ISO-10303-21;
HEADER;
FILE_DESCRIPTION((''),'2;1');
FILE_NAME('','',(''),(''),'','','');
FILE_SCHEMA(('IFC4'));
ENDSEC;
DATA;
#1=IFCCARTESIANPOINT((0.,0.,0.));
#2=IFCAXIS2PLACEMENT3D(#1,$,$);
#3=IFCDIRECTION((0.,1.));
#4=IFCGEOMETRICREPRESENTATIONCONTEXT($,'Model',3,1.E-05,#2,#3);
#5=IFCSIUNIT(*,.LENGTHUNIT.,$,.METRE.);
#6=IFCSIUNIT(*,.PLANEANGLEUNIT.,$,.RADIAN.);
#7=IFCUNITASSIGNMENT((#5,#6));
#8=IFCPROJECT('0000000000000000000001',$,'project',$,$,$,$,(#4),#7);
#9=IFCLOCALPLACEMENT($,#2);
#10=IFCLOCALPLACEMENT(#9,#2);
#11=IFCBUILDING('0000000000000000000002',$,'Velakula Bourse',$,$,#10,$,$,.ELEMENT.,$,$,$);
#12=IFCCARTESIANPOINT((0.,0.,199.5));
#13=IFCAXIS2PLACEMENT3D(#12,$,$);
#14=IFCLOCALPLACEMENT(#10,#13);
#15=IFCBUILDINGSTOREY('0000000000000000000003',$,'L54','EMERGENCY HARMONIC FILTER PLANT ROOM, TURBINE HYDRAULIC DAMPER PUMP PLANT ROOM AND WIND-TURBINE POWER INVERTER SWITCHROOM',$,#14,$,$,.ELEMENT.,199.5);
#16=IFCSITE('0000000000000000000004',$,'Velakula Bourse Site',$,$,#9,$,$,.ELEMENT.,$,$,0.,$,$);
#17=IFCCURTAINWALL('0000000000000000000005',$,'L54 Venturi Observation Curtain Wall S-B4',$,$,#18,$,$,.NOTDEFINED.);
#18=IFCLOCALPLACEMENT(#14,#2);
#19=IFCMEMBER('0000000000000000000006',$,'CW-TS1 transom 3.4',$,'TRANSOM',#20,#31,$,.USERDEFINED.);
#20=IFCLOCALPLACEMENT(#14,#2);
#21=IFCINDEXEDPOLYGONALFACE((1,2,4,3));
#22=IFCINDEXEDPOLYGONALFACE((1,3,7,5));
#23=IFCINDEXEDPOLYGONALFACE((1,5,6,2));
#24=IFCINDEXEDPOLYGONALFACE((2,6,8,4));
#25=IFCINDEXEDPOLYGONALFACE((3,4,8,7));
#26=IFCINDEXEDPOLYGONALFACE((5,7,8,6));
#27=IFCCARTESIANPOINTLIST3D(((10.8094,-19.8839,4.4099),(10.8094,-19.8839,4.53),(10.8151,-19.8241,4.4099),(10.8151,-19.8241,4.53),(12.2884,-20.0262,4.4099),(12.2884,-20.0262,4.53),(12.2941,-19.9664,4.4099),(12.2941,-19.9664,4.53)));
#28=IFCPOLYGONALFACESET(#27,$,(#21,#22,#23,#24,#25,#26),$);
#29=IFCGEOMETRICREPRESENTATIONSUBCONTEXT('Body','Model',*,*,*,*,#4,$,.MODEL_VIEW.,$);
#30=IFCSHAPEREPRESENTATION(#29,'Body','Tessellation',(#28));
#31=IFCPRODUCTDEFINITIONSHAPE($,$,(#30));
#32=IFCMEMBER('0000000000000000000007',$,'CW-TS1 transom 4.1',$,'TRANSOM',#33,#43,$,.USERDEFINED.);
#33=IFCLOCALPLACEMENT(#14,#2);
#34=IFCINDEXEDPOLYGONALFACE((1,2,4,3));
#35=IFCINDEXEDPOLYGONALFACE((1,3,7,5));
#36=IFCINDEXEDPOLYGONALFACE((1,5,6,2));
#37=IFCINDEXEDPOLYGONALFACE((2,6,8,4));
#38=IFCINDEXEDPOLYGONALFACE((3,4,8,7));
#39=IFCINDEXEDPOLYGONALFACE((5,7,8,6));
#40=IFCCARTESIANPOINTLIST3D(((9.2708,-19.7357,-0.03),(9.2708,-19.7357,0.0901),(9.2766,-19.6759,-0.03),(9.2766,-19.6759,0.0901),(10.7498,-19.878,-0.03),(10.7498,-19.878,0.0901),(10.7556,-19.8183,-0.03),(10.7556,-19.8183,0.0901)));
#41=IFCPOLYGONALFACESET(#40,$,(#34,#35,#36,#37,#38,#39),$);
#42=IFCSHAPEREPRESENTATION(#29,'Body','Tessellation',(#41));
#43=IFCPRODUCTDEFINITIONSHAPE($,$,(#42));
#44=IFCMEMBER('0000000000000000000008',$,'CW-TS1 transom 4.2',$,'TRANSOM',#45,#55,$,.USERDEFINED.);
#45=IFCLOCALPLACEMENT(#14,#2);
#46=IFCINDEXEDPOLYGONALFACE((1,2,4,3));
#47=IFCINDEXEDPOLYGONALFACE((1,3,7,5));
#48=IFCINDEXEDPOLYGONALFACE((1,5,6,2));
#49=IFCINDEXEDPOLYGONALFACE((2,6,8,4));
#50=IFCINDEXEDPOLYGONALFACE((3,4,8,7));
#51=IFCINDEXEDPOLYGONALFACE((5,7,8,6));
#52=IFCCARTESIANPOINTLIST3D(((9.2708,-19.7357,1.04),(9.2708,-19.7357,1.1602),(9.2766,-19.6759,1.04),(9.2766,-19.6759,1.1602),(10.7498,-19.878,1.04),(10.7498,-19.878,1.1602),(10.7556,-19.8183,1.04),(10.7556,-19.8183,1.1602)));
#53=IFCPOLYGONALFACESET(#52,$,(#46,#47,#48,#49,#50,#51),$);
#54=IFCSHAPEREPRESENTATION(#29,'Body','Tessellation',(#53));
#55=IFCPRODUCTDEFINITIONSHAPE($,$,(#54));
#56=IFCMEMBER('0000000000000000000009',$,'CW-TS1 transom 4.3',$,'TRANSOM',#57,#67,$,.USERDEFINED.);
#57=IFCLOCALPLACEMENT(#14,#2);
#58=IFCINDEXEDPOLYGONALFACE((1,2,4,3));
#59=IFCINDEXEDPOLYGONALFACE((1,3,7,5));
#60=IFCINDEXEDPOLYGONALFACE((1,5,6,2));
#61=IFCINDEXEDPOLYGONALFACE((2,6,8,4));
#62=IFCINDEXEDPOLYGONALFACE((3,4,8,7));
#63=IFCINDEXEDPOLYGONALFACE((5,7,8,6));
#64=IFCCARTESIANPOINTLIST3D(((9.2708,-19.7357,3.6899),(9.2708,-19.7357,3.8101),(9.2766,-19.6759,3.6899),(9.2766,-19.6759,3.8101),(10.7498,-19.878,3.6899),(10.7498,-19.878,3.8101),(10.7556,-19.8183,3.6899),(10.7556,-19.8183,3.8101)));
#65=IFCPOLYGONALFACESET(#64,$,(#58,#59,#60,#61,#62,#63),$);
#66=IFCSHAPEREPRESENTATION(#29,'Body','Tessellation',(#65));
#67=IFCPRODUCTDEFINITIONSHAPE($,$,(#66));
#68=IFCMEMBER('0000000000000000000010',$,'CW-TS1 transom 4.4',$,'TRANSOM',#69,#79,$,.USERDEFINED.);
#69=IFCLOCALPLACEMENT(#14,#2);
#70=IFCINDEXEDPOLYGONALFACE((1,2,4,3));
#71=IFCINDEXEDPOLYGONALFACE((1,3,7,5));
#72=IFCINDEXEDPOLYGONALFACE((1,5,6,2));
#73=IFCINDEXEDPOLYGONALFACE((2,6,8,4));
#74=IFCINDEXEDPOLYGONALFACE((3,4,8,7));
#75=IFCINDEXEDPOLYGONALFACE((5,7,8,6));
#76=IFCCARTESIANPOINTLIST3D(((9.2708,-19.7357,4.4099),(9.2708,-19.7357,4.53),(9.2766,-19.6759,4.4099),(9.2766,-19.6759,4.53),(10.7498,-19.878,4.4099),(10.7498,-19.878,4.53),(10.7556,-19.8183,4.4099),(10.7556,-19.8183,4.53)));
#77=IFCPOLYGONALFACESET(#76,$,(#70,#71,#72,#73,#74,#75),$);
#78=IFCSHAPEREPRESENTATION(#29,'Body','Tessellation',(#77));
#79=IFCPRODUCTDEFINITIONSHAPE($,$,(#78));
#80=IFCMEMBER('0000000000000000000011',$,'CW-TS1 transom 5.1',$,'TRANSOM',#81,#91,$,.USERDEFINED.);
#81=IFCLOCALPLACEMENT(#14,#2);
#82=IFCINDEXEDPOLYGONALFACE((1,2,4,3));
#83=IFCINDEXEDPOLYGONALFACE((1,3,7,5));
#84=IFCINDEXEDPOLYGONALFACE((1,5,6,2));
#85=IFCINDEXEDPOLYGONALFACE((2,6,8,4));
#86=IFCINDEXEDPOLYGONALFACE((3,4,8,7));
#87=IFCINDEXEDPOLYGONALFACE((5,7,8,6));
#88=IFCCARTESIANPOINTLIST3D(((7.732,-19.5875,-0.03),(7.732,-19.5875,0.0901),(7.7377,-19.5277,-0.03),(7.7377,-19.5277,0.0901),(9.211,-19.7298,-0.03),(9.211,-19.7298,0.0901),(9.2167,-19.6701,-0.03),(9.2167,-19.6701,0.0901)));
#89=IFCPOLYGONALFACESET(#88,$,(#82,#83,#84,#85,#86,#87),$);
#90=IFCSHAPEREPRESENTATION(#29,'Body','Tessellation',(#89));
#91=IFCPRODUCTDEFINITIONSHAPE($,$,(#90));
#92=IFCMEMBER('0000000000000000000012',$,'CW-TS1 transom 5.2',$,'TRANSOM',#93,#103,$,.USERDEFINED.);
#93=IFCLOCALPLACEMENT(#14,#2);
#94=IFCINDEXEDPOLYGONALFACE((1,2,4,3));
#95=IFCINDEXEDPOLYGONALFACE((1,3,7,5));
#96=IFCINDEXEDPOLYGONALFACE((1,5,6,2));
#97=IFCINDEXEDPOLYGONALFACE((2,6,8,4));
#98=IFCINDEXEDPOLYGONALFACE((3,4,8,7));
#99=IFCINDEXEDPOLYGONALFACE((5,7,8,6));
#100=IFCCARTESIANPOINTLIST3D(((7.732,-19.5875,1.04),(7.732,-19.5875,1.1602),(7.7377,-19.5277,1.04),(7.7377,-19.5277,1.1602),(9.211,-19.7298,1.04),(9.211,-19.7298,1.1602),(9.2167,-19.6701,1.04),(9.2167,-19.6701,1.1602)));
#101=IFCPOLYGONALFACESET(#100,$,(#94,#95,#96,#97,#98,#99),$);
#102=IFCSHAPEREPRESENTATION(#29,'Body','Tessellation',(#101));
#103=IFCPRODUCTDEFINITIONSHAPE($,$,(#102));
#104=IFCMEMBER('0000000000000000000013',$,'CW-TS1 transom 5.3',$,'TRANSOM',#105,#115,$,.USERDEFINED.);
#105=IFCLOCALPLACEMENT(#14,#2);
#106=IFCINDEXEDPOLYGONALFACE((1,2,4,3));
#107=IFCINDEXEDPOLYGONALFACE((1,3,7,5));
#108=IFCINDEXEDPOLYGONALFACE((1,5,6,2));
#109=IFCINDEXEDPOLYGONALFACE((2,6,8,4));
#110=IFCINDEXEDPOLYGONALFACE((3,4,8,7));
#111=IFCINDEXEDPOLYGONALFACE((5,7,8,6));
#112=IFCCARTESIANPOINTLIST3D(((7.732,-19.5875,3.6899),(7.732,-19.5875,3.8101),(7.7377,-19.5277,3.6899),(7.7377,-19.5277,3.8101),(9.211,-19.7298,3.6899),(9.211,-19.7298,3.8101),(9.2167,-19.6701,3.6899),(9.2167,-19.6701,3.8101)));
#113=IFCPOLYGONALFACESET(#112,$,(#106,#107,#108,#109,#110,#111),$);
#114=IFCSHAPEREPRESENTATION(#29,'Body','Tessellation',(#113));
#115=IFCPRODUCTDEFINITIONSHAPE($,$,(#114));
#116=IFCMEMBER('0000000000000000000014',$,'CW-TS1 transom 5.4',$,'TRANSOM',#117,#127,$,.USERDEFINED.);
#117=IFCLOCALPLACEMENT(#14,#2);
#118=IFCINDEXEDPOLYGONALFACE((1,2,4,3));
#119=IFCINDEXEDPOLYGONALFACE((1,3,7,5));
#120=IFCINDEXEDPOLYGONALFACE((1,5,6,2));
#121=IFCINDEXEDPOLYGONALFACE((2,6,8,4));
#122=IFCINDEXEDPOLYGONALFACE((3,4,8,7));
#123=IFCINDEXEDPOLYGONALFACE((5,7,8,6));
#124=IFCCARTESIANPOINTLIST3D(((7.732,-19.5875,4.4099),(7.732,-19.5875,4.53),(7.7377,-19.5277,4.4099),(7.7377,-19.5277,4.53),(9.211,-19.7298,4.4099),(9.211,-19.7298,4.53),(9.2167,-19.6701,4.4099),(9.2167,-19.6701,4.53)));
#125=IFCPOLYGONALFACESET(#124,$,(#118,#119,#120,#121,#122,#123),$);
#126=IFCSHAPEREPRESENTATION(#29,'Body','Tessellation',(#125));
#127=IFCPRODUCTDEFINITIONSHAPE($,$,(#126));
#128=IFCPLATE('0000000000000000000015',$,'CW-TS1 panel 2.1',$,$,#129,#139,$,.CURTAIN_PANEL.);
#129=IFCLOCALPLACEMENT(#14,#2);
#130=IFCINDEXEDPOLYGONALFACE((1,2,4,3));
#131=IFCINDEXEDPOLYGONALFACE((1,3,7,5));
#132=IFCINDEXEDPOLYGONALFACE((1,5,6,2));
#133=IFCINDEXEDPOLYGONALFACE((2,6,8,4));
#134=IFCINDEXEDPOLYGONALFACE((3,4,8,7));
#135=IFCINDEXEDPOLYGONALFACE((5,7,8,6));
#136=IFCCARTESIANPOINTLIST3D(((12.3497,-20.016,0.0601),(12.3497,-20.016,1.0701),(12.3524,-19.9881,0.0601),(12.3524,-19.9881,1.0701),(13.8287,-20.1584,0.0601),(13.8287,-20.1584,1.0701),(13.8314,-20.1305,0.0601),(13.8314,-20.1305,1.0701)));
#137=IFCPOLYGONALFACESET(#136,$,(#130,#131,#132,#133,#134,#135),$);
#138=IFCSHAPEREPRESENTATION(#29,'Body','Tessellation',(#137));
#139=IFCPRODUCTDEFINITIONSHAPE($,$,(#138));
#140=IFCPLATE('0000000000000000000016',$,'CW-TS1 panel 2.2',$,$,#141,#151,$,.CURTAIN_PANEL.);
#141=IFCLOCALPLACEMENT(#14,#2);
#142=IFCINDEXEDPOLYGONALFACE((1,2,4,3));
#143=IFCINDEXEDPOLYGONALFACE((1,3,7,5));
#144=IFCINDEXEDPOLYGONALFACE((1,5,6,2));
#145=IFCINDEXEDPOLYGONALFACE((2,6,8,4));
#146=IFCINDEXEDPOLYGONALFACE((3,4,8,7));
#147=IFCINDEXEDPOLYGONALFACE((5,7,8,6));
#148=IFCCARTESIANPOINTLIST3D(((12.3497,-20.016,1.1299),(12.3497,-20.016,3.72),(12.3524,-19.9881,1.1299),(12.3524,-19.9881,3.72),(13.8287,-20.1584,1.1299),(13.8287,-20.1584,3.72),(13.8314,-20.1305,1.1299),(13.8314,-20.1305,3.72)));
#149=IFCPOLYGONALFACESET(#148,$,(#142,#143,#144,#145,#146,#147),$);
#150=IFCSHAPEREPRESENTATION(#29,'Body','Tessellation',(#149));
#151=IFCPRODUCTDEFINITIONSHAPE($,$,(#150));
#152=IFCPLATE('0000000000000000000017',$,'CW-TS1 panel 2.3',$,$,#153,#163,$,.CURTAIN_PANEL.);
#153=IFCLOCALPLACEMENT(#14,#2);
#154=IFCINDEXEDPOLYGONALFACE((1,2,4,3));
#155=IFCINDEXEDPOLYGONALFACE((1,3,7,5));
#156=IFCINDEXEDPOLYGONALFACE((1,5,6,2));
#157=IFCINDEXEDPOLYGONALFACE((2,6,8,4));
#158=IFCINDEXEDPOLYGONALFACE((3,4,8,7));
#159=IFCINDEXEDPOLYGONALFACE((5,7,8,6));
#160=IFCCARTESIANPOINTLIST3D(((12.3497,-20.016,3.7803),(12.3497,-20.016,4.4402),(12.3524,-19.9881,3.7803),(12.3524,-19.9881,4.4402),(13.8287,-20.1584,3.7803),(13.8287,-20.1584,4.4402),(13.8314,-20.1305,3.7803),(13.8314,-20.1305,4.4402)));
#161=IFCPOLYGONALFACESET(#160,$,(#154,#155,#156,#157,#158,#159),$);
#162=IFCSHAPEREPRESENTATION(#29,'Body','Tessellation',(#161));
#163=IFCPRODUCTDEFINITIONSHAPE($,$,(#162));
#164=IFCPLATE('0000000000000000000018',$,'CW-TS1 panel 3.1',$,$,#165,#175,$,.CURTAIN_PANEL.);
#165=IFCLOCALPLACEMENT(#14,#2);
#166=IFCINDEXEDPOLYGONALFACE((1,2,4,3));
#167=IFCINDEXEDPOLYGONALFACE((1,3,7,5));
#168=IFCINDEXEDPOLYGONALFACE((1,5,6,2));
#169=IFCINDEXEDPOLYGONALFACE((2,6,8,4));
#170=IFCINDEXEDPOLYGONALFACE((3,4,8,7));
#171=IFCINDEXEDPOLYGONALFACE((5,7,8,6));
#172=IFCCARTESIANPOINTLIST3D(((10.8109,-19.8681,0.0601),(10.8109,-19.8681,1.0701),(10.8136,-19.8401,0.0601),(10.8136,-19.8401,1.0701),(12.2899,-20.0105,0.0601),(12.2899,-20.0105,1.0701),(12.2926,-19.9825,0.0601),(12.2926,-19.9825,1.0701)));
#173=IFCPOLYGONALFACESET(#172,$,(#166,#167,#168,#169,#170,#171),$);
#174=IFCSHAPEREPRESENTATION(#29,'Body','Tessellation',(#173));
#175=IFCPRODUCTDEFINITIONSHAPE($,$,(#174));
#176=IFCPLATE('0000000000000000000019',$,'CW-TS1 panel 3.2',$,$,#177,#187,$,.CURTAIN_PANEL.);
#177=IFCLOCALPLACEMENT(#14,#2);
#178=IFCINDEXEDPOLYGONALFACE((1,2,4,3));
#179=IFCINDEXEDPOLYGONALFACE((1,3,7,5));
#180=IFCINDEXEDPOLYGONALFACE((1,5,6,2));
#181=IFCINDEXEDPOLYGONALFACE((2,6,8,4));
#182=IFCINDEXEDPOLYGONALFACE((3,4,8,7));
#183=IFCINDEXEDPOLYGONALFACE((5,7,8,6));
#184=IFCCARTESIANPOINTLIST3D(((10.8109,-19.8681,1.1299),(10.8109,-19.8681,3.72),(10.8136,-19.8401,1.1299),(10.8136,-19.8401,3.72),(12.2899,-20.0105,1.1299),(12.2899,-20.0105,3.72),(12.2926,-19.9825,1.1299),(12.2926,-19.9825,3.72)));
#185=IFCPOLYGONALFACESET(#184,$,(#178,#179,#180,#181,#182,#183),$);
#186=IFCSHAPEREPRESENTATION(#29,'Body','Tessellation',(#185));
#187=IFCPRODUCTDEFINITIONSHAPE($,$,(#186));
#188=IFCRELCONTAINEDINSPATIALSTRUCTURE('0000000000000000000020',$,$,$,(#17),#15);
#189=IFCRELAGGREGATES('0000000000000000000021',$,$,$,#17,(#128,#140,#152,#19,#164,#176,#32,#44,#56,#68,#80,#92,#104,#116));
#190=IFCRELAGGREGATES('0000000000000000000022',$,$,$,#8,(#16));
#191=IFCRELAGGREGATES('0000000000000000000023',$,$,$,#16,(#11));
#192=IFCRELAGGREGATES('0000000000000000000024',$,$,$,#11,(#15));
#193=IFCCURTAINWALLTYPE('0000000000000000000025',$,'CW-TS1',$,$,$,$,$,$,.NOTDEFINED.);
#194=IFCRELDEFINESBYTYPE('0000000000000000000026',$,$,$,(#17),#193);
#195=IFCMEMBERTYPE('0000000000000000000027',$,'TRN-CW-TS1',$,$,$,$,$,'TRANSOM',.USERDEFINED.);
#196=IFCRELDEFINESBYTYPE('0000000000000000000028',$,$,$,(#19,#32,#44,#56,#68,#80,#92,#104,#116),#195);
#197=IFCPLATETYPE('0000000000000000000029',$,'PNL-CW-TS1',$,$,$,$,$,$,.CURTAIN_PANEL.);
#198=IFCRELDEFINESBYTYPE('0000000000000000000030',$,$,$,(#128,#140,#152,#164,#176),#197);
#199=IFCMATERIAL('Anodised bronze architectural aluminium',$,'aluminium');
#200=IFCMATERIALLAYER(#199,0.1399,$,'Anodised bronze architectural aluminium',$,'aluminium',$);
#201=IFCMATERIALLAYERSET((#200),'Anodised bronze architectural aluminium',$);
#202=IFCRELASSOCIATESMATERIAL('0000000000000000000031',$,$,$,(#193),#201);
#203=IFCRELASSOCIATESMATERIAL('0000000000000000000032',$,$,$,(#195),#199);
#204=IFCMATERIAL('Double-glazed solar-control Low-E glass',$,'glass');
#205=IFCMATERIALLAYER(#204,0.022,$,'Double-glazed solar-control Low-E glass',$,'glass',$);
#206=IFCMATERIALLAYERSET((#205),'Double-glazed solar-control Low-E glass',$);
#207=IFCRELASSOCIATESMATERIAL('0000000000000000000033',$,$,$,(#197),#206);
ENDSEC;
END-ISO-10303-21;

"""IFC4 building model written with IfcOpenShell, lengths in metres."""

from ifc_helpers import new_model, si_unit, direction, frame, origin, origin_2d, place, context, subcontext, project, spatial, rectangle, extrude, material, layer, layer_set, material_profile, profile_set, type_object, element, aggregate, save


model = new_model("IFC4")

# Units and contexts
model_context = context("Model", 3, precision=1e-05, world=origin(), true_north=direction((0.0, 1.0)))
body_context = subcontext(model_context, "Body", "Model", "MODEL_VIEW")
ifc_project = project(units=[si_unit("LENGTHUNIT", "METRE"), si_unit("PLANEANGLEUNIT", "RADIAN")], contexts=[model_context])

# Site, building, storey
site_placement = place(None, origin())
site = spatial("IfcSite", under=ifc_project, at=site_placement, Name="Velakula Bourse Site", CompositionType="ELEMENT", RefElevation=0.0)
building_placement = place(site_placement, origin())
building = spatial("IfcBuilding", under=site, at=building_placement, Name="Velakula Bourse", CompositionType="ELEMENT")
storey_placement = place(building_placement, frame((0.0, 0.0, 199.5)))
storey = spatial("IfcBuildingStorey", under=building, at=storey_placement, Name="L54", Description="EMERGENCY HARMONIC FILTER PLANT ROOM, TURBINE HYDRAULIC DAMPER PUMP PLANT ROOM AND WIND-TURBINE POWER INVERTER SWITCHROOM", CompositionType="ELEMENT", Elevation=199.5)

# Curtain wall, members, plates
ifc_material_1 = material(Name="Anodised bronze architectural aluminium", Category="aluminium")
ifc_layer_1 = layer(ifc_material_1, 0.1399, Name="Anodised bronze architectural aluminium", Category="aluminium")
ifc_layer_set_1 = layer_set([ifc_layer_1], Name="Anodised bronze architectural aluminium")
curtain_wall_type = type_object("IfcCurtainWallType", Name="CW-TS1", PredefinedType="NOTDEFINED", material=ifc_layer_set_1)
curtain_wall_placement = place(storey_placement, origin())
curtain_wall = element("IfcCurtainWall", 1, at=curtain_wall_placement, inside=storey, type_object=curtain_wall_type, Name="L54 Venturi Observation Curtain Wall S-B4", PredefinedType="NOTDEFINED")
ifc_material_profile_1 = material_profile(ifc_material_1, rectangle(XDim=0.0601, YDim=0.1201, at=origin_2d()), Name="Anodised bronze architectural aluminium")
ifc_profile_set_1 = profile_set([ifc_material_profile_1], Name="Anodised bronze architectural aluminium")
member_type_1 = type_object("IfcMemberType", Name="TRN-CW-TS1", ElementType="TRANSOM", PredefinedType="USERDEFINED", material=ifc_profile_set_1)
member_1_placement = place(storey_placement, frame((12.2913, -19.9963, 4.47), z_axis=(-0.995401, 0.095794, 0.0), x_axis=(-0.095794, -0.995401, 0.0)))
member_1 = element("IfcMember", 2, at=member_1_placement, type_object=member_type_1, Name="CW-TS1 transom 3.4", ObjectType="TRANSOM", PredefinedType="USERDEFINED", context=body_context, shape_type="SweptSolid", body=[
    extrude(rectangle(XDim=0.0601, YDim=0.1201, at=origin_2d()), origin(), (0.0, 0.0, 1.0), 1.4858),
])
member_2_placement = place(storey_placement, frame((10.7527, -19.8481, 0.03), z_axis=(-0.995401, 0.095794, 0.0), x_axis=(-0.095794, -0.995401, 0.0)))
member_2 = element("IfcMember", 3, at=member_2_placement, type_object=member_type_1, Name="CW-TS1 transom 4.1", ObjectType="TRANSOM", PredefinedType="USERDEFINED", context=body_context, shape_type="SweptSolid", body=[
    extrude(rectangle(XDim=0.0601, YDim=0.1201, at=origin_2d()), origin(), (0.0, 0.0, 1.0), 1.4858),
])
member_3_placement = place(storey_placement, frame((10.7527, -19.8481, 1.1001), z_axis=(-0.995401, 0.095794, 0.0), x_axis=(-0.095794, -0.995401, 0.0)))
member_3 = element("IfcMember", 4, at=member_3_placement, type_object=member_type_1, Name="CW-TS1 transom 4.2", ObjectType="TRANSOM", PredefinedType="USERDEFINED", context=body_context, shape_type="SweptSolid", body=[
    extrude(rectangle(XDim=0.0601, YDim=0.1201, at=origin_2d()), origin(), (0.0, 0.0, 1.0), 1.4858),
])
member_4_placement = place(storey_placement, frame((10.7527, -19.8481, 3.75), z_axis=(-0.995401, 0.095794, 0.0), x_axis=(-0.095794, -0.995401, 0.0)))
member_4 = element("IfcMember", 5, at=member_4_placement, type_object=member_type_1, Name="CW-TS1 transom 4.3", ObjectType="TRANSOM", PredefinedType="USERDEFINED", context=body_context, shape_type="SweptSolid", body=[
    extrude(rectangle(XDim=0.0601, YDim=0.1201, at=origin_2d()), origin(), (0.0, 0.0, 1.0), 1.4858),
])
member_5_placement = place(storey_placement, frame((10.7527, -19.8481, 4.47), z_axis=(-0.995401, 0.095794, 0.0), x_axis=(-0.095794, -0.995401, 0.0)))
member_5 = element("IfcMember", 6, at=member_5_placement, type_object=member_type_1, Name="CW-TS1 transom 4.4", ObjectType="TRANSOM", PredefinedType="USERDEFINED", context=body_context, shape_type="SweptSolid", body=[
    extrude(rectangle(XDim=0.0601, YDim=0.1201, at=origin_2d()), origin(), (0.0, 0.0, 1.0), 1.4858),
])
member_6_placement = place(storey_placement, frame((9.2139, -19.7, 0.03), z_axis=(-0.995401, 0.095794, 0.0), x_axis=(-0.095794, -0.995401, 0.0)))
member_6 = element("IfcMember", 7, at=member_6_placement, type_object=member_type_1, Name="CW-TS1 transom 5.1", ObjectType="TRANSOM", PredefinedType="USERDEFINED", context=body_context, shape_type="SweptSolid", body=[
    extrude(rectangle(XDim=0.0601, YDim=0.1201, at=origin_2d()), origin(), (0.0, 0.0, 1.0), 1.4858),
])
member_7_placement = place(storey_placement, frame((9.2139, -19.7, 1.1001), z_axis=(-0.995401, 0.095794, 0.0), x_axis=(-0.095794, -0.995401, 0.0)))
member_7 = element("IfcMember", 8, at=member_7_placement, type_object=member_type_1, Name="CW-TS1 transom 5.2", ObjectType="TRANSOM", PredefinedType="USERDEFINED", context=body_context, shape_type="SweptSolid", body=[
    extrude(rectangle(XDim=0.0601, YDim=0.1201, at=origin_2d()), origin(), (0.0, 0.0, 1.0), 1.4858),
])
member_8_placement = place(storey_placement, frame((9.2139, -19.7, 3.75), z_axis=(-0.995401, 0.095794, 0.0), x_axis=(-0.095794, -0.995401, 0.0)))
member_8 = element("IfcMember", 9, at=member_8_placement, type_object=member_type_1, Name="CW-TS1 transom 5.3", ObjectType="TRANSOM", PredefinedType="USERDEFINED", context=body_context, shape_type="SweptSolid", body=[
    extrude(rectangle(XDim=0.0601, YDim=0.1201, at=origin_2d()), origin(), (0.0, 0.0, 1.0), 1.4858),
])
member_9_placement = place(storey_placement, frame((9.2139, -19.7, 4.47), z_axis=(-0.995401, 0.095794, 0.0), x_axis=(-0.095794, -0.995401, 0.0)))
member_9 = element("IfcMember", 10, at=member_9_placement, type_object=member_type_1, Name="CW-TS1 transom 5.4", ObjectType="TRANSOM", PredefinedType="USERDEFINED", context=body_context, shape_type="SweptSolid", body=[
    extrude(rectangle(XDim=0.0601, YDim=0.1201, at=origin_2d()), origin(), (0.0, 0.0, 1.0), 1.4858),
])
ifc_material_2 = material(Name="Double-glazed solar-control Low-E glass", Category="glass")
ifc_layer_2 = layer(ifc_material_2, 0.022, Name="Double-glazed solar-control Low-E glass", Category="glass")
ifc_layer_set_2 = layer_set([ifc_layer_2], Name="Double-glazed solar-control Low-E glass")
plate_type = type_object("IfcPlateType", Name="PNL-CW-TS1", PredefinedType="CURTAIN_PANEL", material=ifc_layer_set_2)
plate_1_placement = place(storey_placement, frame((13.0906, -20.0732, 0.0601), z_axis=(0.0, 0.0, 1.0), x_axis=(-0.995396, 0.095849, 0.0)))
plate_1 = element("IfcPlate", 11, at=plate_1_placement, type_object=plate_type, Name="CW-TS1 panel 2.1", PredefinedType="CURTAIN_PANEL", context=body_context, shape_type="SweptSolid", body=[
    extrude(rectangle(XDim=1.4858, YDim=0.0281, at=origin_2d()), origin(), (0.0, 0.0, 1.0), 1.01),
])
plate_2_placement = place(storey_placement, frame((13.0906, -20.0732, 1.1299), z_axis=(0.0, 0.0, 1.0), x_axis=(-0.995396, 0.095849, 0.0)))
plate_2 = element("IfcPlate", 12, at=plate_2_placement, type_object=plate_type, Name="CW-TS1 panel 2.2", PredefinedType="CURTAIN_PANEL", context=body_context, shape_type="SweptSolid", body=[
    extrude(rectangle(XDim=1.4858, YDim=0.0281, at=origin_2d()), origin(), (0.0, 0.0, 1.0), 2.5901),
])
plate_3_placement = place(storey_placement, frame((13.0906, -20.0732, 3.7803), z_axis=(0.0, 0.0, 1.0), x_axis=(-0.995396, 0.095849, 0.0)))
plate_3 = element("IfcPlate", 13, at=plate_3_placement, type_object=plate_type, Name="CW-TS1 panel 2.3", PredefinedType="CURTAIN_PANEL", context=body_context, shape_type="SweptSolid", body=[
    extrude(rectangle(XDim=1.4858, YDim=0.0281, at=origin_2d()), origin(), (0.0, 0.0, 1.0), 0.6599),
])
plate_4_placement = place(storey_placement, frame((11.5518, -19.9253, 0.0601), z_axis=(0.0, 0.0, 1.0), x_axis=(-0.995396, 0.095849, 0.0)))
plate_4 = element("IfcPlate", 14, at=plate_4_placement, type_object=plate_type, Name="CW-TS1 panel 3.1", PredefinedType="CURTAIN_PANEL", context=body_context, shape_type="SweptSolid", body=[
    extrude(rectangle(XDim=1.4858, YDim=0.0281, at=origin_2d()), origin(), (0.0, 0.0, 1.0), 1.01),
])
plate_5_placement = place(storey_placement, frame((11.5518, -19.9253, 1.1299), z_axis=(0.0, 0.0, 1.0), x_axis=(-0.995396, 0.095849, 0.0)))
plate_5 = element("IfcPlate", 15, at=plate_5_placement, type_object=plate_type, Name="CW-TS1 panel 3.2", PredefinedType="CURTAIN_PANEL", context=body_context, shape_type="SweptSolid", body=[
    extrude(rectangle(XDim=1.4858, YDim=0.0281, at=origin_2d()), origin(), (0.0, 0.0, 1.0), 2.5901),
])
aggregate(curtain_wall, [plate_1, plate_2, plate_3, member_1, plate_4, plate_5, member_2, member_3, member_4, member_5, member_6, member_7, member_8, member_9])

save(model, "model.ifc")
